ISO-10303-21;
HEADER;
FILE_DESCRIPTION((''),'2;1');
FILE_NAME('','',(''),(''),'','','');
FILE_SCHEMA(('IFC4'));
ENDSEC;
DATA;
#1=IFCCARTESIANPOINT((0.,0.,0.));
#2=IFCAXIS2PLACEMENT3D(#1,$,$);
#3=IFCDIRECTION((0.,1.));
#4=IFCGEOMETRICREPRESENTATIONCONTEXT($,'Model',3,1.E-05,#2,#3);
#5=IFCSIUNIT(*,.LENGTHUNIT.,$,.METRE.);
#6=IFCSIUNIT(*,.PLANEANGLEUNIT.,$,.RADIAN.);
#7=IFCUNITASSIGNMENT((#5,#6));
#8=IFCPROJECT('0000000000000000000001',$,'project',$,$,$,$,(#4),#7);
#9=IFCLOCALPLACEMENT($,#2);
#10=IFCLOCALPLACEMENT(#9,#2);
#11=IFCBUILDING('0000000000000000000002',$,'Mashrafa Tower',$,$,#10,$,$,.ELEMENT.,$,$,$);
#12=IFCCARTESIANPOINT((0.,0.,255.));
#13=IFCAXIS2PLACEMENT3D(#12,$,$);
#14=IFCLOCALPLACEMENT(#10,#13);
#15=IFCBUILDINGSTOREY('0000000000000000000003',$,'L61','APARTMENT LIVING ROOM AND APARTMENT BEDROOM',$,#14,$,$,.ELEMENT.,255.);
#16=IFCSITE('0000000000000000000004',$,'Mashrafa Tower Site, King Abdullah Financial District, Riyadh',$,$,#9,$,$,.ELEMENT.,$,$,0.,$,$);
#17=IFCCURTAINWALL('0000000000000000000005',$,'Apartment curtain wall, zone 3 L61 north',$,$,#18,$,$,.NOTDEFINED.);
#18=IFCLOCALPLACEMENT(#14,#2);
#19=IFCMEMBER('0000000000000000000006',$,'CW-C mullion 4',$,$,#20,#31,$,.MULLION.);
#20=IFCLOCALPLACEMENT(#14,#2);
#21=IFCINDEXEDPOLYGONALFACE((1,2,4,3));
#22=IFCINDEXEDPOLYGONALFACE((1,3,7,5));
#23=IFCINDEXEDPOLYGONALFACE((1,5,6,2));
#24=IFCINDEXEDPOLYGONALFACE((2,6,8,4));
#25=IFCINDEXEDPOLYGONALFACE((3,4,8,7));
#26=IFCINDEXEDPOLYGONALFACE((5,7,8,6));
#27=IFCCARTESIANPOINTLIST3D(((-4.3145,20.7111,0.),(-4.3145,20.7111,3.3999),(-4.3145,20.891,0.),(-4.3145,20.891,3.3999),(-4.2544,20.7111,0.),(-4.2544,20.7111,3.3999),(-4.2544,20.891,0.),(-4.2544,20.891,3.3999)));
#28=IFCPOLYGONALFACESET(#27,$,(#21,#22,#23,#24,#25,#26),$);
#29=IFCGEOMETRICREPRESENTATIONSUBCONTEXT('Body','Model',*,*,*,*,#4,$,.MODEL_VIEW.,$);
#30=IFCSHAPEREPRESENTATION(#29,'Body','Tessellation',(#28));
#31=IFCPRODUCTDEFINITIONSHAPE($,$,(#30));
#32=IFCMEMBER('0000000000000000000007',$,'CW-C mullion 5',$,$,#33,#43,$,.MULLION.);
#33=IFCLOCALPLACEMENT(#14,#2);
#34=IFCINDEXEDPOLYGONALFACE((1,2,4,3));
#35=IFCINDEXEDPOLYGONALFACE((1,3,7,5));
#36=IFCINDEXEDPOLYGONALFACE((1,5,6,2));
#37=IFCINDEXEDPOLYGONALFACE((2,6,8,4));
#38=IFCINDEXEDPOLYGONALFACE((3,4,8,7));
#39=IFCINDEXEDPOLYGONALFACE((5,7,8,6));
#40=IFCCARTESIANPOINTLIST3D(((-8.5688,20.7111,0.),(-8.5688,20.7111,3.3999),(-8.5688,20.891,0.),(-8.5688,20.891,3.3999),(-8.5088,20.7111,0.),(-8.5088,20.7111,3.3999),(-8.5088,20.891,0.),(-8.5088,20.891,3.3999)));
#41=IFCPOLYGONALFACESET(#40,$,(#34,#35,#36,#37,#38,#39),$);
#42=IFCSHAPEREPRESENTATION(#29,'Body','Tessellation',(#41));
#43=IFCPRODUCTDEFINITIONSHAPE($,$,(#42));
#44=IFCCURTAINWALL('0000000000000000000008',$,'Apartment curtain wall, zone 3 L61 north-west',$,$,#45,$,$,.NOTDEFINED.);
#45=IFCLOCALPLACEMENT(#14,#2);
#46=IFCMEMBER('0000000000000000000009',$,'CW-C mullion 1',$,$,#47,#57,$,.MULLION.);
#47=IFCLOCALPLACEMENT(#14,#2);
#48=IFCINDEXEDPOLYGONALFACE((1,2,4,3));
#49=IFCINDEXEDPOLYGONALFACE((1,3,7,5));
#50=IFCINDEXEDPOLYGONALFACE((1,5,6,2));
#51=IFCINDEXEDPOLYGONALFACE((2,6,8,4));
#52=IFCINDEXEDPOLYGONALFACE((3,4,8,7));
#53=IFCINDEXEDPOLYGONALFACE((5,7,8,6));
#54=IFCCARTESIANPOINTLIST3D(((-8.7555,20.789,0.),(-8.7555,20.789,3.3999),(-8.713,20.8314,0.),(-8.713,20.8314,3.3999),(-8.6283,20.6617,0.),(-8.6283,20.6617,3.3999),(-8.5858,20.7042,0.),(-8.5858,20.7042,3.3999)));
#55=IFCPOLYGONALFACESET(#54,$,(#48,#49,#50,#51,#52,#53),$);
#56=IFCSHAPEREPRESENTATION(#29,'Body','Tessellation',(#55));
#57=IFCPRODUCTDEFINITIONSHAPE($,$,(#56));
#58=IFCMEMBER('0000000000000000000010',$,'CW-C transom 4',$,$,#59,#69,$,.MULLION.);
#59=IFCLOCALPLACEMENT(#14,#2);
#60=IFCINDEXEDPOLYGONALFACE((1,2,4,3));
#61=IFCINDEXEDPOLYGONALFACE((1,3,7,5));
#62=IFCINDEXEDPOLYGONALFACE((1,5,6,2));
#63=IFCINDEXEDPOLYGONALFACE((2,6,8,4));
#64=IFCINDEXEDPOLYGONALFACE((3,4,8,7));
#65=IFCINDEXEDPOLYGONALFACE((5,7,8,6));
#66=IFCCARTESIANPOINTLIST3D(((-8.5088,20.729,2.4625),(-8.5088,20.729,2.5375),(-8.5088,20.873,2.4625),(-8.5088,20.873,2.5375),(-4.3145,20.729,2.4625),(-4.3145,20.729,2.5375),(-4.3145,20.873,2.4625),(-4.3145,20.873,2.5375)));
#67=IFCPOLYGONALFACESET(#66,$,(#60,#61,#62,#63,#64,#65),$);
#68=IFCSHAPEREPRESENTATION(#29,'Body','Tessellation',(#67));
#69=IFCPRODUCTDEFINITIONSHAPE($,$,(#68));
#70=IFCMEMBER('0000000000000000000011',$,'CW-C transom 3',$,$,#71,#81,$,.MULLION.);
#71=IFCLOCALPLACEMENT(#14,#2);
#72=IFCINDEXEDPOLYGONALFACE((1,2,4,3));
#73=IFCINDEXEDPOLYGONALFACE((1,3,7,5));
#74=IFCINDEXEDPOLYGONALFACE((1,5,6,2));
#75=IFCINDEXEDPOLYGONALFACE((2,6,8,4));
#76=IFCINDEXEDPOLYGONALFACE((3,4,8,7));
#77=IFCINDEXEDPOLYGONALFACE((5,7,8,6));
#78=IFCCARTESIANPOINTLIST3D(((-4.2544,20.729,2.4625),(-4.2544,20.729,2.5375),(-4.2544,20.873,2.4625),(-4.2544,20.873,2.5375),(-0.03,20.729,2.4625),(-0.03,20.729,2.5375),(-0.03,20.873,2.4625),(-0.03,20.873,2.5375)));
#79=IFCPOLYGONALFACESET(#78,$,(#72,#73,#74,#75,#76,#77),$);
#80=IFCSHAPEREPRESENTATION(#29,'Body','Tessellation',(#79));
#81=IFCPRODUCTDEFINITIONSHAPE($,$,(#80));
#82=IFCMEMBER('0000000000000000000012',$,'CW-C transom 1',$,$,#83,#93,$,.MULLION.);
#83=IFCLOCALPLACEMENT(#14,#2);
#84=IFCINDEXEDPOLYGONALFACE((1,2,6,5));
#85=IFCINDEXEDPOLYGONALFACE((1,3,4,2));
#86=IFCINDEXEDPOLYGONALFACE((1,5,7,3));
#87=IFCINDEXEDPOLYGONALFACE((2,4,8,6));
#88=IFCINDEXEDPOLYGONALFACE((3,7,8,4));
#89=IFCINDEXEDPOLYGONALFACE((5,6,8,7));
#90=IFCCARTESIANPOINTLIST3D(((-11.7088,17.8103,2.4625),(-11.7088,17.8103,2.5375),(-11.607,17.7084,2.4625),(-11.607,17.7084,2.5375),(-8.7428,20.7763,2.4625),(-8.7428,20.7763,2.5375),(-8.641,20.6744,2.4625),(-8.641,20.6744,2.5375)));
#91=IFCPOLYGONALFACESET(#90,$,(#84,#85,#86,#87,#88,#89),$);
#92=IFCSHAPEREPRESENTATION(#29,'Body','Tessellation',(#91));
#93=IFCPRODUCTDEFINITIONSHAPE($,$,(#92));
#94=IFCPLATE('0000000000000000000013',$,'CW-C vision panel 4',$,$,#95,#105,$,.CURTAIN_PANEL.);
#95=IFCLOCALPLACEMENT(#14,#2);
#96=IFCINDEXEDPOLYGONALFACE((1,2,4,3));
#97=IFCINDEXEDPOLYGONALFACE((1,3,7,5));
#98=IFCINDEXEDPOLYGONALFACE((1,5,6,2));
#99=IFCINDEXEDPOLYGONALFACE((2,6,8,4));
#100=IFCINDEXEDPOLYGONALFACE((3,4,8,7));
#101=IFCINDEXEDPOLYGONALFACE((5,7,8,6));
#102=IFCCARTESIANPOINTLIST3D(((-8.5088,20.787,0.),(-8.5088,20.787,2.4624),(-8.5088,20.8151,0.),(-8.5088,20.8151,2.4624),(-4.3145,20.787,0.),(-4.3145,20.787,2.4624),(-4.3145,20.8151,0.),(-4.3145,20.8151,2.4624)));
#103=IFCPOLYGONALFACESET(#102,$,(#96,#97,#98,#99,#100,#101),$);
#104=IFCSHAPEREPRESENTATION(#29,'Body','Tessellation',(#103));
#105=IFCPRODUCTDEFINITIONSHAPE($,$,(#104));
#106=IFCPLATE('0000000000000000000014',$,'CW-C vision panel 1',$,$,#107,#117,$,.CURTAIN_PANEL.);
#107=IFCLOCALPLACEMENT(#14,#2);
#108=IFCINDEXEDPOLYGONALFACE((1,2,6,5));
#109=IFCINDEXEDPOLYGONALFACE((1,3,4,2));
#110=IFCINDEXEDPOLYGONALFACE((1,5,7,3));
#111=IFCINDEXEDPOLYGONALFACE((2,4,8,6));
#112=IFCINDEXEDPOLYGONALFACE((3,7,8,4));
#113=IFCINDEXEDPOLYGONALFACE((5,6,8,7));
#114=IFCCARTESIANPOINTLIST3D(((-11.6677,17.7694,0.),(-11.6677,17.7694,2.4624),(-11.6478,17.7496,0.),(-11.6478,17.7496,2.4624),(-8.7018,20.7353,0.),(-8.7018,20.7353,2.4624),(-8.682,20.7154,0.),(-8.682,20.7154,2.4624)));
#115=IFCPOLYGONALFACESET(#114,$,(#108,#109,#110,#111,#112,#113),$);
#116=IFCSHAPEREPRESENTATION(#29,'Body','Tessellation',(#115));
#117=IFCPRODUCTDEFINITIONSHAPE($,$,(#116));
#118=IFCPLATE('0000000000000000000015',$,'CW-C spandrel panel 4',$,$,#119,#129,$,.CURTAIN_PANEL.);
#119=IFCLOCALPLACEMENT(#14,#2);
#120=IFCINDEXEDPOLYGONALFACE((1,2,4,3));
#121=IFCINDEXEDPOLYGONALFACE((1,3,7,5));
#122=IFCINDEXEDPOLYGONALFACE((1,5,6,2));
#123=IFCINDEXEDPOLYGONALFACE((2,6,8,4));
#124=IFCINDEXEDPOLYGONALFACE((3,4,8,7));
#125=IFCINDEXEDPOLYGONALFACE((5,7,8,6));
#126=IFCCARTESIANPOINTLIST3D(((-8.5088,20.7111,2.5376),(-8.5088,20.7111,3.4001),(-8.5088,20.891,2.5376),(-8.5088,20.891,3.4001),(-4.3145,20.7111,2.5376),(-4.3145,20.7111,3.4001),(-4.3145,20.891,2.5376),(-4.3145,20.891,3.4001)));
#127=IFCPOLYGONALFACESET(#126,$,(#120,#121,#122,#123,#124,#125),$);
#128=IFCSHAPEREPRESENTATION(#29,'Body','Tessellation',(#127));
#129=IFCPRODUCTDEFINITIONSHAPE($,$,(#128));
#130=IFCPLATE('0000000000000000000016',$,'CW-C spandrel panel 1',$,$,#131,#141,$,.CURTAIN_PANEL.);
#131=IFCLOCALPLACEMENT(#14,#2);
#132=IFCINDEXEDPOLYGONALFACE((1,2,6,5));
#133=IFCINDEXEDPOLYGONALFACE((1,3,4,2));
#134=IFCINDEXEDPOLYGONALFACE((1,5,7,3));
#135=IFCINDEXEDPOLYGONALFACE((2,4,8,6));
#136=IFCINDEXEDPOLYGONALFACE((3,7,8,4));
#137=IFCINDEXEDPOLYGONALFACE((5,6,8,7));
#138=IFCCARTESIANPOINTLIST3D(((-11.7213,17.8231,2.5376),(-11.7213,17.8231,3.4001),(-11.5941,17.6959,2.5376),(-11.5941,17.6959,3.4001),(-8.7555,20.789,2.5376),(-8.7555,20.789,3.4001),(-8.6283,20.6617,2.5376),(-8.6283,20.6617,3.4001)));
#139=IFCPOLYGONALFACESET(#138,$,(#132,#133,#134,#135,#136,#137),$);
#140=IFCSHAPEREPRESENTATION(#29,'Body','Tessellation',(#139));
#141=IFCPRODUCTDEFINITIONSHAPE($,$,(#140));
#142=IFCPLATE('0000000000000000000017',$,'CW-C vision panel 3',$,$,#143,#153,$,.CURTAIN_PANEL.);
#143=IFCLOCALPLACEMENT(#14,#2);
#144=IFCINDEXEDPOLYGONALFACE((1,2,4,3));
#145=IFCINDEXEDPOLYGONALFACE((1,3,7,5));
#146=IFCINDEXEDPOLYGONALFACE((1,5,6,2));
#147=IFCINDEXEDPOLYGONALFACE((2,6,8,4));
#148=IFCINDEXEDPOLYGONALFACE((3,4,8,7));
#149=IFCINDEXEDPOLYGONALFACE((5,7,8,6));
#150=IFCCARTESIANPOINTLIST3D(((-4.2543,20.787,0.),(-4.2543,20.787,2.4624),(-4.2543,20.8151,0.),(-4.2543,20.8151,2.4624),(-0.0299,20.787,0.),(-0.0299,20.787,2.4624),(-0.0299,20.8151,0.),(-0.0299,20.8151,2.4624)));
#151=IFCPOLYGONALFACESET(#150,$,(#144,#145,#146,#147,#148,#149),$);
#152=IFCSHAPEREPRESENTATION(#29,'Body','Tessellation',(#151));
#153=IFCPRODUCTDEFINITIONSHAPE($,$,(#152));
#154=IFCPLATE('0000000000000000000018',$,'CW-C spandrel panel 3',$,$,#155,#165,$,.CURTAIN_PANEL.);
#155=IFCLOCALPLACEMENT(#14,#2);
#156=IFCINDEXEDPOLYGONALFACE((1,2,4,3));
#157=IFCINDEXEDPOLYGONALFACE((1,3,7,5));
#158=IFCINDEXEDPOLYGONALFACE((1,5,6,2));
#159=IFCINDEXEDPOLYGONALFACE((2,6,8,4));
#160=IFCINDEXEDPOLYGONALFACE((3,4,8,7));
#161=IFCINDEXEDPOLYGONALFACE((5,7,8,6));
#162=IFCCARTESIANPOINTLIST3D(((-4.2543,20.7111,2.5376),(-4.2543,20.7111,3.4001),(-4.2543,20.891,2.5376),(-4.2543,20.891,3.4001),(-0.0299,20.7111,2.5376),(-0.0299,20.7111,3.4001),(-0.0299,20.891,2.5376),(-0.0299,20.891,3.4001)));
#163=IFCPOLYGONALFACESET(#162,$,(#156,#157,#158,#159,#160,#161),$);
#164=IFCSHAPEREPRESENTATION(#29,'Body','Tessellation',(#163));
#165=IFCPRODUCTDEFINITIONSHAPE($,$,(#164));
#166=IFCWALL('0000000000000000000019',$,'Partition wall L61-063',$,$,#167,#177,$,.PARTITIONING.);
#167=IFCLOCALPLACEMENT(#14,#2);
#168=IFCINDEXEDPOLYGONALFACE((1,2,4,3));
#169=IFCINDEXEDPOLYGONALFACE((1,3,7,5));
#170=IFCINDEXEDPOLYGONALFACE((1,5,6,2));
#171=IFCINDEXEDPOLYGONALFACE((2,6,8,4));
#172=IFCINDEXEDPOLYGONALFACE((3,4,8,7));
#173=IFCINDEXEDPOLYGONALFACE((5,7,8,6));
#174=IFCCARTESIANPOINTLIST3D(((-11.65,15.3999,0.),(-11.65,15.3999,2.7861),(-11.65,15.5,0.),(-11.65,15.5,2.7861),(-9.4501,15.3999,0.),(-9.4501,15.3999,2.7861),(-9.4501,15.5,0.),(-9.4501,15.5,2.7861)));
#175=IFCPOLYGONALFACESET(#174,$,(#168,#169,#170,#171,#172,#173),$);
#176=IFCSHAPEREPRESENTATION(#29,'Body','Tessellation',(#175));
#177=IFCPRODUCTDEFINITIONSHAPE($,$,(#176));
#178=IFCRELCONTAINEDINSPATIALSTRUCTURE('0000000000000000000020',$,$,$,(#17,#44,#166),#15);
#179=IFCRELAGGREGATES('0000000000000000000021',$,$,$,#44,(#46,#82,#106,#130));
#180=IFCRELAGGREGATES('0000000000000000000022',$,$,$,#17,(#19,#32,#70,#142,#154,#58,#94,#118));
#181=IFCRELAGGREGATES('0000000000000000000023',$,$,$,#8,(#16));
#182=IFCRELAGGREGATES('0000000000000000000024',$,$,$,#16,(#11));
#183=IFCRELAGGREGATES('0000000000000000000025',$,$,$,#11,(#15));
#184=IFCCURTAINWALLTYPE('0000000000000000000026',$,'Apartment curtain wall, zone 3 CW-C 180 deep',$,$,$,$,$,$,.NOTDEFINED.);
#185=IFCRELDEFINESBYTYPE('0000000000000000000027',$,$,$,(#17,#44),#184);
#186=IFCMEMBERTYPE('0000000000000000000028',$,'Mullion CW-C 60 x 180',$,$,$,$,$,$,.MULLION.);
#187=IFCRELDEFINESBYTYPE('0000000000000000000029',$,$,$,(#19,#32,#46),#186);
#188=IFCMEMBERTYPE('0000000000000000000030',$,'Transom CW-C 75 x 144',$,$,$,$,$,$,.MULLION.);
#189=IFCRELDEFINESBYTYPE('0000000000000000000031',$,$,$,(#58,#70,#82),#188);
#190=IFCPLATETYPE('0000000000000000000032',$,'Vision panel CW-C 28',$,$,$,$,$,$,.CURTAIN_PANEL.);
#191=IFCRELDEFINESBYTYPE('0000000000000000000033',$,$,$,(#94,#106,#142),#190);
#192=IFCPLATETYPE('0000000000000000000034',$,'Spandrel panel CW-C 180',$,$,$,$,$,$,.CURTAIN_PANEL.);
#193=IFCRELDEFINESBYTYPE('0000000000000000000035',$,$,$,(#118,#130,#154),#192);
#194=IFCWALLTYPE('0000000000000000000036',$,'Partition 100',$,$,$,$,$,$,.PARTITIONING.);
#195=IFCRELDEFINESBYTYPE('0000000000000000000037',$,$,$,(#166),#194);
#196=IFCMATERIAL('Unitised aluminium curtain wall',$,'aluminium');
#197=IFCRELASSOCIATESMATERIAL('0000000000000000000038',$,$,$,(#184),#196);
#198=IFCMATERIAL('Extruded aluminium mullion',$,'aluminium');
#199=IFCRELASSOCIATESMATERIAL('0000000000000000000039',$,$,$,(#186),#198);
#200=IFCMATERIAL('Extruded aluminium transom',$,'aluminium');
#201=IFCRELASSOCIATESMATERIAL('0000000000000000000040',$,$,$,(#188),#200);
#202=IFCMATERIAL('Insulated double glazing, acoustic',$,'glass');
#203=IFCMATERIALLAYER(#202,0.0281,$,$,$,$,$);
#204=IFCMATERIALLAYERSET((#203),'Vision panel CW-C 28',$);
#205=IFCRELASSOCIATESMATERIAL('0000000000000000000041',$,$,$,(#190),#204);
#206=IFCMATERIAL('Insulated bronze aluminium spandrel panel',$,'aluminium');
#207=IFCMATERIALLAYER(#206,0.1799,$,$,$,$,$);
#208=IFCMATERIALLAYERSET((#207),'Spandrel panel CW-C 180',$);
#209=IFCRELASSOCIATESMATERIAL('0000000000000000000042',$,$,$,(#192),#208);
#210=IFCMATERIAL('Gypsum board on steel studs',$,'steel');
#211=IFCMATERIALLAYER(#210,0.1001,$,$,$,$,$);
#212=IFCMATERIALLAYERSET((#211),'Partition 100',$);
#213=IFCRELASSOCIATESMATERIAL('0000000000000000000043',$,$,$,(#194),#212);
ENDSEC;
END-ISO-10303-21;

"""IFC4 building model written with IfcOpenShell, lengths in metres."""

from ifc_helpers import new_model, si_unit, direction, frame, frame_2d, origin, origin_2d, place, context, subcontext, project, spatial, rectangle, extrude, source, transform, mapped, material, layer, layer_set, material_profile, profile_set, type_object, type_shapes, element, aggregate, save


model = new_model("IFC4")

# Units and contexts
model_context = context("Model", 3, precision=1e-05, world=origin(), true_north=direction((0.0, 1.0)))
body_context = subcontext(model_context, "Body", "Model", "MODEL_VIEW")
ifc_project = project(units=[si_unit("LENGTHUNIT", "METRE"), si_unit("PLANEANGLEUNIT", "RADIAN")], contexts=[model_context])

# Site, building, storey
site_placement = place(None, origin())
site = spatial("IfcSite", under=ifc_project, at=site_placement, Name="Mashrafa Tower Site, King Abdullah Financial District, Riyadh", CompositionType="ELEMENT", RefElevation=0.0)
building_placement = place(site_placement, origin())
building = spatial("IfcBuilding", under=site, at=building_placement, Name="Mashrafa Tower", CompositionType="ELEMENT")
storey_placement = place(building_placement, frame((0.0, 0.0, 255.0)))
storey = spatial("IfcBuildingStorey", under=building, at=storey_placement, Name="L61", Description="APARTMENT LIVING ROOM AND APARTMENT BEDROOM", CompositionType="ELEMENT", Elevation=255.0)

# Curtain wall, members
ifc_material_1 = material(Name="Unitised aluminium curtain wall", Category="aluminium")
curtain_wall_type = type_object("IfcCurtainWallType", Name="Apartment curtain wall, zone 3 CW-C 180 deep", PredefinedType="NOTDEFINED", material=ifc_material_1)
curtain_wall_1_placement = place(storey_placement, origin())
curtain_wall_1 = element("IfcCurtainWall", 1, at=curtain_wall_1_placement, inside=storey, type_object=curtain_wall_type, Name="Apartment curtain wall, zone 3 L61 north", PredefinedType="NOTDEFINED")
ifc_material_2 = material(Name="Extruded aluminium mullion", Category="aluminium")
ifc_material_profile_1 = material_profile(ifc_material_2, rectangle(XDim=0.1799, YDim=0.0601, at=origin_2d()), Name="Mullion 60x180")
ifc_profile_set_1 = profile_set([ifc_material_profile_1], Name="Extruded aluminium mullion")
member_type_1 = type_object("IfcMemberType", Name="Mullion CW-C 60 x 180", PredefinedType="MULLION", material=ifc_profile_set_1)
shared_shape_1 = source(origin(), body_context, "Body", "SweptSolid", [
    extrude(rectangle(XDim=0.1799, YDim=0.0601, at=origin_2d()), origin(), (0.0, 0.0, 1.0), 3.3999),
])
type_shapes(member_type_1, [shared_shape_1])
member_1_placement = place(storey_placement, frame((-4.2844, 20.801, 0.0), z_axis=(0.0, 0.0, 1.0), x_axis=(0.0, -1.0, 0.0)))
member_1 = element("IfcMember", 2, at=member_1_placement, type_object=member_type_1, Name="CW-C mullion 4", PredefinedType="MULLION", context=body_context, shape_type="MappedRepresentation", body=[
    mapped(shared_shape_1, transform((0.0, 0.0, 0.0))),
])
member_2_placement = place(storey_placement, frame((-8.5388, 20.801, 0.0), z_axis=(0.0, 0.0, 1.0), x_axis=(0.0, -1.0, 0.0)))
member_2 = element("IfcMember", 3, at=member_2_placement, type_object=member_type_1, Name="CW-C mullion 5", PredefinedType="MULLION", context=body_context, shape_type="MappedRepresentation", body=[
    mapped(shared_shape_1, transform((0.0, 0.0, 0.0))),
])

# Curtain wall, member
curtain_wall_2_placement = place(storey_placement, origin())
curtain_wall_2 = element("IfcCurtainWall", 4, at=curtain_wall_2_placement, inside=storey, type_object=curtain_wall_type, Name="Apartment curtain wall, zone 3 L61 north-west", PredefinedType="NOTDEFINED")
member_3_placement = place(storey_placement, frame((-8.6707, 20.7466, 0.0), z_axis=(0.0, 0.0, 1.0), x_axis=(0.707107, -0.707107, 0.0)))
member_3 = element("IfcMember", 5, at=member_3_placement, type_object=member_type_1, Name="CW-C mullion 1", PredefinedType="MULLION", context=body_context, shape_type="MappedRepresentation", body=[
    mapped(shared_shape_1, transform((0.0, 0.0, 0.0))),
])

# Members
ifc_material_3 = material(Name="Extruded aluminium transom", Category="aluminium")
ifc_material_profile_2 = material_profile(ifc_material_3, rectangle(XDim=0.144, YDim=0.075, at=origin_2d()), Name="Transom 75x144")
ifc_profile_set_2 = profile_set([ifc_material_profile_2], Name="Extruded aluminium transom")
member_type_2 = type_object("IfcMemberType", Name="Transom CW-C 75 x 144", PredefinedType="MULLION", material=ifc_profile_set_2)
shared_shape_2 = source(origin(), body_context, "Body", "SweptSolid", [
    extrude(rectangle(XDim=0.144, YDim=0.075, at=origin_2d()), origin(), (0.0, 0.0, 1.0), 4.1943),
])
member_4_placement = place(storey_placement, frame((-4.3145, 20.801, 2.5), z_axis=(-1.0, 0.0, 0.0), x_axis=(0.0, -1.0, 0.0)))
member_4 = element("IfcMember", 6, at=member_4_placement, type_object=member_type_2, Name="CW-C transom 4", PredefinedType="MULLION", context=body_context, shape_type="MappedRepresentation", body=[
    mapped(shared_shape_2, transform((0.0, 0.0, 0.0))),
])
shared_shape_3 = source(origin(), body_context, "Body", "SweptSolid", [
    extrude(rectangle(XDim=0.144, YDim=0.075, at=origin_2d()), origin(), (0.0, 0.0, 1.0), 4.2244),
])
member_5_placement = place(storey_placement, frame((-0.03, 20.801, 2.5), z_axis=(-1.0, 0.0, 0.0), x_axis=(0.0, -1.0, 0.0)))
member_5 = element("IfcMember", 7, at=member_5_placement, type_object=member_type_2, Name="CW-C transom 3", PredefinedType="MULLION", context=body_context, shape_type="MappedRepresentation", body=[
    mapped(shared_shape_3, transform((0.0, 0.0, 0.0))),
])
shared_shape_4 = source(origin(), body_context, "Body", "SweptSolid", [
    extrude(rectangle(XDim=0.144, YDim=0.075, at=origin_2d()), origin(), (0.0, 0.0, 1.0), 4.1946),
])
type_shapes(member_type_2, [shared_shape_2, shared_shape_3, shared_shape_4])
member_6_placement = place(storey_placement, frame((-8.6919, 20.7253, 2.5), z_axis=(-0.707107, -0.707107, 0.0), x_axis=(0.707107, -0.707107, 0.0)))
member_6 = element("IfcMember", 8, at=member_6_placement, type_object=member_type_2, Name="CW-C transom 1", PredefinedType="MULLION", context=body_context, shape_type="MappedRepresentation", body=[
    mapped(shared_shape_4, transform((0.0, 0.0, 0.0))),
])

# Plates
ifc_material_4 = material(Name="Insulated double glazing, acoustic", Category="glass")
ifc_layer_1 = layer(ifc_material_4, 0.0281)
ifc_layer_set_1 = layer_set([ifc_layer_1], Name="Vision panel CW-C 28")
plate_type_1 = type_object("IfcPlateType", Name="Vision panel CW-C 28", PredefinedType="CURTAIN_PANEL", material=ifc_layer_set_1)
shared_shape_5 = source(origin(), body_context, "Body", "SweptSolid", [
    extrude(rectangle(XDim=4.1943, YDim=0.0281, at=origin_2d()), origin(), (0.0, 0.0, 1.0), 2.4624),
])
plate_1_placement = place(storey_placement, frame((-6.4116, 20.801, 0.0), z_axis=(0.0, 0.0, 1.0), x_axis=(-1.0, 0.0, 0.0)))
plate_1 = element("IfcPlate", 9, at=plate_1_placement, type_object=plate_type_1, Name="CW-C vision panel 4", PredefinedType="CURTAIN_PANEL", context=body_context, shape_type="MappedRepresentation", body=[
    mapped(shared_shape_5, transform((0.0, 0.0, 0.0))),
])
plate_2_placement = place(storey_placement, frame((-10.1748, 19.2424, 0.0), z_axis=(0.0, 0.0, 1.0), x_axis=(-0.707107, -0.707107, 0.0)))
plate_2 = element("IfcPlate", 10, at=plate_2_placement, type_object=plate_type_1, Name="CW-C vision panel 1", PredefinedType="CURTAIN_PANEL", context=body_context, shape_type="MappedRepresentation", body=[
    mapped(shared_shape_5, transform((0.0, 0.0, 0.0))),
])
ifc_material_5 = material(Name="Insulated bronze aluminium spandrel panel", Category="aluminium")
ifc_layer_2 = layer(ifc_material_5, 0.1799)
ifc_layer_set_2 = layer_set([ifc_layer_2], Name="Spandrel panel CW-C 180")
plate_type_2 = type_object("IfcPlateType", Name="Spandrel panel CW-C 180", PredefinedType="CURTAIN_PANEL", material=ifc_layer_set_2)
shared_shape_6 = source(origin(), body_context, "Body", "SweptSolid", [
    extrude(rectangle(XDim=4.1943, YDim=0.1799, at=origin_2d()), origin(), (0.0, 0.0, 1.0), 0.8625),
])
plate_3_placement = place(storey_placement, frame((-6.4116, 20.801, 2.5376), z_axis=(0.0, 0.0, 1.0), x_axis=(-1.0, 0.0, 0.0)))
plate_3 = element("IfcPlate", 11, at=plate_3_placement, type_object=plate_type_2, Name="CW-C spandrel panel 4", PredefinedType="CURTAIN_PANEL", context=body_context, shape_type="MappedRepresentation", body=[
    mapped(shared_shape_6, transform((0.0, 0.0, 0.0))),
])
plate_4_placement = place(storey_placement, frame((-10.1748, 19.2424, 2.5376), z_axis=(0.0, 0.0, 1.0), x_axis=(-0.707107, -0.707107, 0.0)))
plate_4 = element("IfcPlate", 12, at=plate_4_placement, type_object=plate_type_2, Name="CW-C spandrel panel 1", PredefinedType="CURTAIN_PANEL", context=body_context, shape_type="MappedRepresentation", body=[
    mapped(shared_shape_6, transform((0.0, 0.0, 0.0))),
])
aggregate(curtain_wall_2, [member_3, member_6, plate_2, plate_4])
shared_shape_7 = source(origin(), body_context, "Body", "SweptSolid", [
    extrude(rectangle(XDim=4.2244, YDim=0.0281, at=origin_2d()), origin(), (0.0, 0.0, 1.0), 2.4624),
])
type_shapes(plate_type_1, [shared_shape_5, shared_shape_7])
plate_5_placement = place(storey_placement, frame((-2.1421, 20.801, 0.0), z_axis=(0.0, 0.0, 1.0), x_axis=(-1.0, 0.0, 0.0)))
plate_5 = element("IfcPlate", 13, at=plate_5_placement, type_object=plate_type_1, Name="CW-C vision panel 3", PredefinedType="CURTAIN_PANEL", context=body_context, shape_type="MappedRepresentation", body=[
    mapped(shared_shape_7, transform((0.0, 0.0, 0.0))),
])
shared_shape_8 = source(origin(), body_context, "Body", "SweptSolid", [
    extrude(rectangle(XDim=4.2244, YDim=0.1799, at=origin_2d()), origin(), (0.0, 0.0, 1.0), 0.8625),
])
type_shapes(plate_type_2, [shared_shape_6, shared_shape_8])
plate_6_placement = place(storey_placement, frame((-2.1421, 20.801, 2.5376), z_axis=(0.0, 0.0, 1.0), x_axis=(-1.0, 0.0, 0.0)))
plate_6 = element("IfcPlate", 14, at=plate_6_placement, type_object=plate_type_2, Name="CW-C spandrel panel 3", PredefinedType="CURTAIN_PANEL", context=body_context, shape_type="MappedRepresentation", body=[
    mapped(shared_shape_8, transform((0.0, 0.0, 0.0))),
])
aggregate(curtain_wall_1, [member_1, member_2, member_5, plate_5, plate_6, member_4, plate_1, plate_3])

# Wall
ifc_material_6 = material(Name="Gypsum board on steel studs", Category="steel")
ifc_layer_3 = layer(ifc_material_6, 0.1001)
ifc_layer_set_3 = layer_set([ifc_layer_3], Name="Partition 100")
wall_type = type_object("IfcWallType", Name="Partition 100", PredefinedType="PARTITIONING", material=ifc_layer_set_3)
wall_1_placement = place(storey_placement, frame((-9.45, 15.45, 0.0), z_axis=(0.0, 0.0, 1.0), x_axis=(-1.0, 0.0, 0.0)))
element("IfcWall", 15, at=wall_1_placement, inside=storey, type_object=wall_type, Name="Partition wall L61-063", PredefinedType="PARTITIONING", context=body_context, shape_type="SweptSolid", body=[
    extrude(rectangle(XDim=2.2, YDim=0.1001, at=frame_2d((1.1001, 0.0))), origin(), (0.0, 0.0, 1.0), 2.7861),
])

save(model, "model.ifc")
